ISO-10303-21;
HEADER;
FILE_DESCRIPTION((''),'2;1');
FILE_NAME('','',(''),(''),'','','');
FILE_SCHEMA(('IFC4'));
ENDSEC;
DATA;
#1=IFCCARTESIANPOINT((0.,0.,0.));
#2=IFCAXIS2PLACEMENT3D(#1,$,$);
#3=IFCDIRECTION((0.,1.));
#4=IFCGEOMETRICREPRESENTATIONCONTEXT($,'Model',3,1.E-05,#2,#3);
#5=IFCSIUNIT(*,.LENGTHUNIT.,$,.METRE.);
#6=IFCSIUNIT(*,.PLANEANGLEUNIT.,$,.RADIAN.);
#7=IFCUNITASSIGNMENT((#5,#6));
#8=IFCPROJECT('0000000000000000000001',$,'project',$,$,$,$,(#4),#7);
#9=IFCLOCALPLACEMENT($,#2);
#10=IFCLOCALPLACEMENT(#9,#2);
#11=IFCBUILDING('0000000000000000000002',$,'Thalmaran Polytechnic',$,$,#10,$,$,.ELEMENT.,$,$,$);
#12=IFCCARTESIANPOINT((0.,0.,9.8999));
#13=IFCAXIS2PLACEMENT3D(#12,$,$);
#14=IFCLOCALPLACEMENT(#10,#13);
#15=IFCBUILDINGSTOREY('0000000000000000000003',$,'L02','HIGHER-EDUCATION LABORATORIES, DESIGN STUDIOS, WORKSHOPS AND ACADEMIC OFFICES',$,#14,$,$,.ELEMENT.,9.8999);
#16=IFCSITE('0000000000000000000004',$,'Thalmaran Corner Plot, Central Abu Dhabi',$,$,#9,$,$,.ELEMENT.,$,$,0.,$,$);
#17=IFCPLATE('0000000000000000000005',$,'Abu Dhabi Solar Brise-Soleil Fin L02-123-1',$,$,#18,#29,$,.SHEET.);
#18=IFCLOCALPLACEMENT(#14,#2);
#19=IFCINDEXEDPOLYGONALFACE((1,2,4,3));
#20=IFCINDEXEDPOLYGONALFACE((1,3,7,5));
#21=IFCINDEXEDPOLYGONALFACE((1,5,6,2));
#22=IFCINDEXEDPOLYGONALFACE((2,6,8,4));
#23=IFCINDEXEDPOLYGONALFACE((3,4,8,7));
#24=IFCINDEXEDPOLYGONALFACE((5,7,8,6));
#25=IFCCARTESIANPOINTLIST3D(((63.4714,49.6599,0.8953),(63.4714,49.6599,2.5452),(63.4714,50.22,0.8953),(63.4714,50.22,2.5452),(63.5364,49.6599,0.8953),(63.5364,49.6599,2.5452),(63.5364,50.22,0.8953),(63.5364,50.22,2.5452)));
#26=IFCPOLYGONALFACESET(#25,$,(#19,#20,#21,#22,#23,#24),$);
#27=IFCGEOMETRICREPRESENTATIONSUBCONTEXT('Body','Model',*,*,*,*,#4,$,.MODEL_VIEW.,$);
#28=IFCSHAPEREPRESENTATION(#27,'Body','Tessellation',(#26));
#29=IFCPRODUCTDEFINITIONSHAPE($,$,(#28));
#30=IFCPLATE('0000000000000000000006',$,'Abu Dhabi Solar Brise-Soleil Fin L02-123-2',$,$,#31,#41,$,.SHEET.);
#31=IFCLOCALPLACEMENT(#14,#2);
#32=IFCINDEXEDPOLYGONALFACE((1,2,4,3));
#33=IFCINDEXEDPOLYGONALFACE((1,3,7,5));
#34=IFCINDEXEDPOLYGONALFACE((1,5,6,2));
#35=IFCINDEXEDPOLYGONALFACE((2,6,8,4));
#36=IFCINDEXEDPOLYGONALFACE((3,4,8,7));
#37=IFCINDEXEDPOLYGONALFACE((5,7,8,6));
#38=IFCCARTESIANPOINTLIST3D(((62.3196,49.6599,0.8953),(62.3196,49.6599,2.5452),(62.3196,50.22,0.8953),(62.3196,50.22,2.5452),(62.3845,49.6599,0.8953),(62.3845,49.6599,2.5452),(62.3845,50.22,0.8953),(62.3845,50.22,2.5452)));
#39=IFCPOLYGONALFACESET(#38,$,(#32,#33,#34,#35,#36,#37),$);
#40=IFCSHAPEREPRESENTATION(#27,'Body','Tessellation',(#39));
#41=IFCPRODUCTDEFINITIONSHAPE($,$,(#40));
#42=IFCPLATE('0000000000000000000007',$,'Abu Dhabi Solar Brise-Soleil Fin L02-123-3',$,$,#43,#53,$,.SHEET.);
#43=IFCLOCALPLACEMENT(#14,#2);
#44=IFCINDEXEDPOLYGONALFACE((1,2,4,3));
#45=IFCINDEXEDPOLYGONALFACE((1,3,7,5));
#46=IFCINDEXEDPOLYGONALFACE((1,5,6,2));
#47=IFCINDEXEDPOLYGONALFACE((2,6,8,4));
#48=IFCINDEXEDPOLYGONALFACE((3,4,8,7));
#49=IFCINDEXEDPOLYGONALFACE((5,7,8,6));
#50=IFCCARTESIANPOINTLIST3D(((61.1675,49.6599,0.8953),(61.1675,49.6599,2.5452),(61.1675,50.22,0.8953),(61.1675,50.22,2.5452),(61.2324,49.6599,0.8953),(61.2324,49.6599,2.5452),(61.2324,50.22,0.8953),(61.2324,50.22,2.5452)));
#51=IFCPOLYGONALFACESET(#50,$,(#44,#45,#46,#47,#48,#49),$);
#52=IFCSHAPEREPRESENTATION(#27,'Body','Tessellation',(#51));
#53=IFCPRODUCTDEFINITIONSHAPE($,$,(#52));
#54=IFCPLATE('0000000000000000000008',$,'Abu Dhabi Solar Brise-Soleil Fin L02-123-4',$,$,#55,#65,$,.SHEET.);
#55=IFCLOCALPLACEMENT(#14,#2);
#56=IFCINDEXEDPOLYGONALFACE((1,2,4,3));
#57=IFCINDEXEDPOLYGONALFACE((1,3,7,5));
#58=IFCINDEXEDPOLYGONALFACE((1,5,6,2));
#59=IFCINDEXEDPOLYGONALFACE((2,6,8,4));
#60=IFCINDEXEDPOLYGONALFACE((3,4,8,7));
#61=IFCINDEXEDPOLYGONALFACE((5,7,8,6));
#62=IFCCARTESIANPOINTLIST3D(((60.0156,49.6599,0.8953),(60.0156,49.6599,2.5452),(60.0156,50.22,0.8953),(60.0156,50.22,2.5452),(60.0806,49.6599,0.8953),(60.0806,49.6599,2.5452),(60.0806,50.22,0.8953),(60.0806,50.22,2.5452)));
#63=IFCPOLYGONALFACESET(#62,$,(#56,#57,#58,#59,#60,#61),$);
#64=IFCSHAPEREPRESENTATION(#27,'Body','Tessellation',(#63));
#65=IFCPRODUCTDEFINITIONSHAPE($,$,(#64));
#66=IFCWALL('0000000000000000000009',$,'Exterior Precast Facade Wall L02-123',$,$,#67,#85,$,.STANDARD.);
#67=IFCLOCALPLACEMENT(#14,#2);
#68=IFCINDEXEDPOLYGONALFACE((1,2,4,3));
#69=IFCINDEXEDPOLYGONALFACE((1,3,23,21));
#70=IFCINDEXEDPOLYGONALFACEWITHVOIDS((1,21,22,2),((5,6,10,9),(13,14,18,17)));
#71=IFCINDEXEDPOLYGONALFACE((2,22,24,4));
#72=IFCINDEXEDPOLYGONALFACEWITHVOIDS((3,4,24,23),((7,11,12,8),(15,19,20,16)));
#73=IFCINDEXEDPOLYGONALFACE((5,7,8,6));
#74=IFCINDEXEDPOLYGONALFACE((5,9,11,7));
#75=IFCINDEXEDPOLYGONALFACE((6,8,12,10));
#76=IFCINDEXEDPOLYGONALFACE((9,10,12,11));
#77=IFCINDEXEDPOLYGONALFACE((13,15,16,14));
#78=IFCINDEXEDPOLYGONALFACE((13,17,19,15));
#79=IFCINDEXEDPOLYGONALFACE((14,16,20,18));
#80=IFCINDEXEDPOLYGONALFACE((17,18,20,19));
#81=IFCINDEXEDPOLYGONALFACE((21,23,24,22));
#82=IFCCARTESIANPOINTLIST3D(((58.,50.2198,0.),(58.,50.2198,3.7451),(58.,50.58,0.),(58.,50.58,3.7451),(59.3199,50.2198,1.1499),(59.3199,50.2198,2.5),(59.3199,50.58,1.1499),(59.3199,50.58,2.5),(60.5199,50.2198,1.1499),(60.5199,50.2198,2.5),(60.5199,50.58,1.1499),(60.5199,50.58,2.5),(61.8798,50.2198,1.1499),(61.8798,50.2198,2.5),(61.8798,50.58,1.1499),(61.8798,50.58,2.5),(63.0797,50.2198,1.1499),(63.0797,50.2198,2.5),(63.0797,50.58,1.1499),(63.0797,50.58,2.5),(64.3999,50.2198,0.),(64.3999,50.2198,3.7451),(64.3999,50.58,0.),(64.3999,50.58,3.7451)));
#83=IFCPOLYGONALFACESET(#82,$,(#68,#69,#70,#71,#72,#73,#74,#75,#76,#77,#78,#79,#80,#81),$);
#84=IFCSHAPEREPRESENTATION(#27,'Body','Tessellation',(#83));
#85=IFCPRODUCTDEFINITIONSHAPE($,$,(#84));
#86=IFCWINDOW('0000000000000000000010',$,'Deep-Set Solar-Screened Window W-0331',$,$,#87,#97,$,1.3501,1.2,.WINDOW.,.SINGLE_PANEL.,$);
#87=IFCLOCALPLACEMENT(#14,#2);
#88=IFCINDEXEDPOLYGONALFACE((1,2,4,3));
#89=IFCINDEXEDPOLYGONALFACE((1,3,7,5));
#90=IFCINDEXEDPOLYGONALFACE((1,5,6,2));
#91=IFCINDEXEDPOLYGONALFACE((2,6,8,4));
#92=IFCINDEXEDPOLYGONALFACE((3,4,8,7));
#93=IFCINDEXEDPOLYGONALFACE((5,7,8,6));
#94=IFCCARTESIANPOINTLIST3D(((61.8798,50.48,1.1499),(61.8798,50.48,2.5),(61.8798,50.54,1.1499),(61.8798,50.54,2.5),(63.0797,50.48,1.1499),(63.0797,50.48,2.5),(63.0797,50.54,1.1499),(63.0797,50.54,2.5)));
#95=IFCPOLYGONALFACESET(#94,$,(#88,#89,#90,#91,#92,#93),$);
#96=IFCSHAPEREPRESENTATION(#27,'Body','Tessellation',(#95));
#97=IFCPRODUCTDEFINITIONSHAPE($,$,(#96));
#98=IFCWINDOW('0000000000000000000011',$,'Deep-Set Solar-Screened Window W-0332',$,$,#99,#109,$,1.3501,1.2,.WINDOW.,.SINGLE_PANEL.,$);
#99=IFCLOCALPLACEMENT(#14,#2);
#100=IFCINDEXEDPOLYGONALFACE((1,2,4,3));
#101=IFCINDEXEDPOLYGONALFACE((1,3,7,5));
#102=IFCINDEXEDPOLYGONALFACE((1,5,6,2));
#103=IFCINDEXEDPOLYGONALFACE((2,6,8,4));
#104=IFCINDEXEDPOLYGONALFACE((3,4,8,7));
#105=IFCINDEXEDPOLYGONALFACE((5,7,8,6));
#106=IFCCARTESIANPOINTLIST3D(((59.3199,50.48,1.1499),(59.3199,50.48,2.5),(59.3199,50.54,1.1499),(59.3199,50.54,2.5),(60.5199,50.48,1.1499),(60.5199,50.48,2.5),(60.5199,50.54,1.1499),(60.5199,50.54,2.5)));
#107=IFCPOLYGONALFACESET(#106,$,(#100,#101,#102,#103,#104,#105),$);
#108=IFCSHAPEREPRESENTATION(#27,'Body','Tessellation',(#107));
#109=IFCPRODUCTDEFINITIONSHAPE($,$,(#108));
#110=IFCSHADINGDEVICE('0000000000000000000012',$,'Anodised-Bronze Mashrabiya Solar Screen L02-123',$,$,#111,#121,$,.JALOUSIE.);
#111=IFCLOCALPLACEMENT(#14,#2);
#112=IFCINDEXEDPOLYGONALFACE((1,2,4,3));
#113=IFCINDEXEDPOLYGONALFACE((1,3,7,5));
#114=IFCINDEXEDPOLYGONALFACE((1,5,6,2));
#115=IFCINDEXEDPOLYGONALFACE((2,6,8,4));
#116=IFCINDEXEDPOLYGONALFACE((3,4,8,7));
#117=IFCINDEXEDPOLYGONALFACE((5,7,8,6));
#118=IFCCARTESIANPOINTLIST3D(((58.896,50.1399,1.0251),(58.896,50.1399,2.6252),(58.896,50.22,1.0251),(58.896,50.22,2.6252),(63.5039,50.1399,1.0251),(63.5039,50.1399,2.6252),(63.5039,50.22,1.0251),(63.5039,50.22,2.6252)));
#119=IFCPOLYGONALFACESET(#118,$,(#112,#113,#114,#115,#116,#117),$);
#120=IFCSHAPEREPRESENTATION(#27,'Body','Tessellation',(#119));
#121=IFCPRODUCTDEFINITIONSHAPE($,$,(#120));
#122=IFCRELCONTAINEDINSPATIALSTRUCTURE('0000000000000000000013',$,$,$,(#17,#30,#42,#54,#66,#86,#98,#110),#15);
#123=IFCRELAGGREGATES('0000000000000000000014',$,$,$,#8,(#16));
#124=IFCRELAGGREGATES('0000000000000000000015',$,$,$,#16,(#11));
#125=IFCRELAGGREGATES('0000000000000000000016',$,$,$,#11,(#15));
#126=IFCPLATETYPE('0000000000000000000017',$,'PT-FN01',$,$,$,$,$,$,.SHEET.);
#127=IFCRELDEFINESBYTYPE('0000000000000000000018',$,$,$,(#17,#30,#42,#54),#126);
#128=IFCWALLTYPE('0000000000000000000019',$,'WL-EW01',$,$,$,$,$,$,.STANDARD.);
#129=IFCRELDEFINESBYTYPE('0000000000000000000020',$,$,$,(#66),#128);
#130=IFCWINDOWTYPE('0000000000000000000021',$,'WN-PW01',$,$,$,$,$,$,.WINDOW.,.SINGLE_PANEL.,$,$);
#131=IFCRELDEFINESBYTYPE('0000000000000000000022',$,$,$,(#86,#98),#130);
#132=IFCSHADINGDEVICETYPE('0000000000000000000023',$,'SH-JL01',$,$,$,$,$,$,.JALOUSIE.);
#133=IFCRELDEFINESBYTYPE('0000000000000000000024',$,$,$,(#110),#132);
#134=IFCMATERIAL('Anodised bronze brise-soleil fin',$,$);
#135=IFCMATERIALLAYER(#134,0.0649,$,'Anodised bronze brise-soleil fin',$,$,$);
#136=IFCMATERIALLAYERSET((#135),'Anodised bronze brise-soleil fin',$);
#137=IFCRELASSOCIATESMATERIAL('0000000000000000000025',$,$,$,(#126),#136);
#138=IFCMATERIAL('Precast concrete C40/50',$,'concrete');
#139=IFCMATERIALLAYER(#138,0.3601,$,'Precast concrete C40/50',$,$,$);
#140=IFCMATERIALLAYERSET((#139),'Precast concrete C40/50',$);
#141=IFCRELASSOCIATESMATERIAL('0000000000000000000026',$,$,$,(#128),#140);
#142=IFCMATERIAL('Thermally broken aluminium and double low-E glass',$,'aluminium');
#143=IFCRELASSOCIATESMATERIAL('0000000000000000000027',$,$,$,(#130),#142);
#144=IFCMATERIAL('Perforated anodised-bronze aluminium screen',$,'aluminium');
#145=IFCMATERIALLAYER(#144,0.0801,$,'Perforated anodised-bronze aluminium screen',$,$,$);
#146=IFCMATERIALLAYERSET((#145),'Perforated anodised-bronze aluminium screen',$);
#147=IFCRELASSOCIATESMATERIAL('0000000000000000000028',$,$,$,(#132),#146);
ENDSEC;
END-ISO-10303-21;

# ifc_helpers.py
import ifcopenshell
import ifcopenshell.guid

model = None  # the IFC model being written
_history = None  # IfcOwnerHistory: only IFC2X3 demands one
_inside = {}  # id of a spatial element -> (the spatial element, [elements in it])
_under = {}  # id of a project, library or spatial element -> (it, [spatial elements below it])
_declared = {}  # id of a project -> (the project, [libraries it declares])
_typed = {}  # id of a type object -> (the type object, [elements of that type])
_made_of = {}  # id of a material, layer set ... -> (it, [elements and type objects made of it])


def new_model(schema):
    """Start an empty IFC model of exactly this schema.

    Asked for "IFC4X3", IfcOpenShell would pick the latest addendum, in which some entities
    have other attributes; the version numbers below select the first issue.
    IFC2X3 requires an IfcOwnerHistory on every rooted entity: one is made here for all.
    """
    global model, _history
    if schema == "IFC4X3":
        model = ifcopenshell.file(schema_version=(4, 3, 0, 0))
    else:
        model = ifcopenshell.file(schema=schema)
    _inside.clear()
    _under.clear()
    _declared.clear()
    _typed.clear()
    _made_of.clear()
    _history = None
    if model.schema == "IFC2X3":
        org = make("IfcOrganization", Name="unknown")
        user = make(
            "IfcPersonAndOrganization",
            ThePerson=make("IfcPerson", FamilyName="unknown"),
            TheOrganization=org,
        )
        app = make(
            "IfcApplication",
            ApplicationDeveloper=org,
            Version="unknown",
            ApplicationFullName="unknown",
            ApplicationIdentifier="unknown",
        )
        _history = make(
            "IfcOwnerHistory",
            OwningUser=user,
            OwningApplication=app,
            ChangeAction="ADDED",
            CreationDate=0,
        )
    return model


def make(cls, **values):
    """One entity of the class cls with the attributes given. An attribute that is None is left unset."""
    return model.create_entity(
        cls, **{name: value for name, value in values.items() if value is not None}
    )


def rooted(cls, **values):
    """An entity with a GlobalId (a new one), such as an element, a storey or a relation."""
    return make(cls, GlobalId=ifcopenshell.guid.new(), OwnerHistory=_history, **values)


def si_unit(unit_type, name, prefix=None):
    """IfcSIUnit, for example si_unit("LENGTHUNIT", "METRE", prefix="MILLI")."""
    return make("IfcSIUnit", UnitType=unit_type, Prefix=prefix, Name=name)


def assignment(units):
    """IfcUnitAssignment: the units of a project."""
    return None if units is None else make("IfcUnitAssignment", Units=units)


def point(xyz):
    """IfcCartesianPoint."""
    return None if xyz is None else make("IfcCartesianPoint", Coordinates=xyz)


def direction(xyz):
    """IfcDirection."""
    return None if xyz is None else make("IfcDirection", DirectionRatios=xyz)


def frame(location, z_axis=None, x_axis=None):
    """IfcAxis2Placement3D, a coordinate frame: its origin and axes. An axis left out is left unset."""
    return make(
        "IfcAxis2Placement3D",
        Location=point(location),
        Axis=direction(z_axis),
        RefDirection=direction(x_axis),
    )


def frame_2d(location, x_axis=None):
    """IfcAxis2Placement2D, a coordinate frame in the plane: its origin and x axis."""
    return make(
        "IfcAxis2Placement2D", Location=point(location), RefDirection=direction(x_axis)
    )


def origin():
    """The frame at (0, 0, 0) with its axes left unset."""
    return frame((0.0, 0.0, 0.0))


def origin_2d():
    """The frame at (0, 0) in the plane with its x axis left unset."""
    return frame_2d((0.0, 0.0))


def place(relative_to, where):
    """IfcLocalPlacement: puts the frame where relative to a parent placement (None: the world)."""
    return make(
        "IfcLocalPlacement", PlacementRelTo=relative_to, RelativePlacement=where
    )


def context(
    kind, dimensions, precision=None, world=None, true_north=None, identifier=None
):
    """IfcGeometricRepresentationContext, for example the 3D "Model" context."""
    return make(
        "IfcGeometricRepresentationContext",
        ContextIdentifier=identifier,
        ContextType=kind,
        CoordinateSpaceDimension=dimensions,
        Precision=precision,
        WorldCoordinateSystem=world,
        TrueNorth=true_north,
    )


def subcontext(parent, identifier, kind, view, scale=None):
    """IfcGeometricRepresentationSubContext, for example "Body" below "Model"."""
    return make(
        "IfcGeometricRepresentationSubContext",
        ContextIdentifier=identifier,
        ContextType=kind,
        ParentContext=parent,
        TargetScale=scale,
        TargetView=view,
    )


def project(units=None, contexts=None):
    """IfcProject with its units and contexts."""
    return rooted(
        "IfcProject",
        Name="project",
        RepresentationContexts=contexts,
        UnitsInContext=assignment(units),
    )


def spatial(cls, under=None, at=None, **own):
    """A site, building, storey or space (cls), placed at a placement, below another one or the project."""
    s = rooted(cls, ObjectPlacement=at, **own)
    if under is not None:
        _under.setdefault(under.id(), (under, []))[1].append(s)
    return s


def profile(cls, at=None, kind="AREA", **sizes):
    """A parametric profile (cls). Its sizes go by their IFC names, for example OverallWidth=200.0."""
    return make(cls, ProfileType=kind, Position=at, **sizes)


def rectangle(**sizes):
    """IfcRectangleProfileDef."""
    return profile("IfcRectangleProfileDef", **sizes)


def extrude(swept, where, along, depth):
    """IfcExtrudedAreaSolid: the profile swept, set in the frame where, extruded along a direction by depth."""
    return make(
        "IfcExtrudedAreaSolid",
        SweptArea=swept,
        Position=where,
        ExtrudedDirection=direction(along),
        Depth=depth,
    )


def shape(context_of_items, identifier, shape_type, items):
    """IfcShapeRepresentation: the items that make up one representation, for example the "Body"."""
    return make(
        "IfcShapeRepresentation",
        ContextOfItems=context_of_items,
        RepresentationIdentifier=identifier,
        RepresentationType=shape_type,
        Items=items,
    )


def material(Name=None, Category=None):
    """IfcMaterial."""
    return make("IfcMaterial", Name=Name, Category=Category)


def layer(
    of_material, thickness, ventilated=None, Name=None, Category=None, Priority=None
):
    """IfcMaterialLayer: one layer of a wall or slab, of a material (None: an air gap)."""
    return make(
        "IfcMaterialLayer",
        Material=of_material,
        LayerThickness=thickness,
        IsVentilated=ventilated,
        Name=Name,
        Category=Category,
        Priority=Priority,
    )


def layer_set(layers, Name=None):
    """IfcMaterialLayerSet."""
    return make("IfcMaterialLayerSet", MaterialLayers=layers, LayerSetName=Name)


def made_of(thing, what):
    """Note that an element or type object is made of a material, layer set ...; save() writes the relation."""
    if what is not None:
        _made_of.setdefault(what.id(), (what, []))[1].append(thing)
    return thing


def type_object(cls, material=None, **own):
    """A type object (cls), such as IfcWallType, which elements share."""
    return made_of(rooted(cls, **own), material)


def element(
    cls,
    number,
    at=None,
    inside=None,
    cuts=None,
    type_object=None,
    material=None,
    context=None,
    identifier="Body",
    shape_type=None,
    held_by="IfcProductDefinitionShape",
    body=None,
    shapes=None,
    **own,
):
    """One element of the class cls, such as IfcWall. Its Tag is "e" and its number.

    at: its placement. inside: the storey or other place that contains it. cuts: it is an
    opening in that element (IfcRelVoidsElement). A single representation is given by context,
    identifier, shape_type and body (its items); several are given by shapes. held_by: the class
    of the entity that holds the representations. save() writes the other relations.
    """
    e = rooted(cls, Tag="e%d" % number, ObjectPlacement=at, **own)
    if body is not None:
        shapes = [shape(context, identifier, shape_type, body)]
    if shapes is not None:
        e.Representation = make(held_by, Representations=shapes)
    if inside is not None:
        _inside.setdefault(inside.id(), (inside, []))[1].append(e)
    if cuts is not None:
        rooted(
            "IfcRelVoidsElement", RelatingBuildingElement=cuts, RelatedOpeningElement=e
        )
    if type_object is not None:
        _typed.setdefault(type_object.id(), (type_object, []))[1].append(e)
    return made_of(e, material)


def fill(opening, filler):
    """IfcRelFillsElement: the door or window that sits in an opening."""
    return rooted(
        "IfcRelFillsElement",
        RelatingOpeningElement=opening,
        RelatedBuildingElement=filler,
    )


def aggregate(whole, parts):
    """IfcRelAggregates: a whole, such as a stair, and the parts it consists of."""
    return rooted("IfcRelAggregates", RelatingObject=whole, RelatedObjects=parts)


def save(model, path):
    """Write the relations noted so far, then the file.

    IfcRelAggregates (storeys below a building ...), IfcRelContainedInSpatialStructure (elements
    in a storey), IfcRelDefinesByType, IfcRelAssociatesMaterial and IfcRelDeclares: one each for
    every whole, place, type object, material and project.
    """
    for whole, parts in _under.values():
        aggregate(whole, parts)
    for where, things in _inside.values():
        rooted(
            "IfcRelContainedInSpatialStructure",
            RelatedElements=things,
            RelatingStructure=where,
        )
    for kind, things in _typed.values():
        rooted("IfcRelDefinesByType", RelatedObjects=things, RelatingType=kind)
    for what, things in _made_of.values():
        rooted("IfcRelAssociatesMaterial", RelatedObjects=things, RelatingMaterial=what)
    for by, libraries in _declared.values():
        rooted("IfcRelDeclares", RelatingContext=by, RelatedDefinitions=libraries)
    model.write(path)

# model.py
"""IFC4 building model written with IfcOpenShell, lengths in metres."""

from ifc_helpers import new_model, si_unit, direction, frame, frame_2d, origin, origin_2d, place, context, subcontext, project, spatial, rectangle, extrude, material, layer, layer_set, type_object, element, fill, save


model = new_model("IFC4")

# Units and contexts
model_context = context("Model", 3, precision=1e-05, world=origin(), true_north=direction((0.0, 1.0)))
body_context = subcontext(model_context, "Body", "Model", "MODEL_VIEW")
ifc_project = project(units=[si_unit("LENGTHUNIT", "METRE"), si_unit("PLANEANGLEUNIT", "RADIAN")], contexts=[model_context])

# Site, building, storey
site_placement = place(None, origin())
site = spatial("IfcSite", under=ifc_project, at=site_placement, Name="Thalmaran Corner Plot, Central Abu Dhabi", CompositionType="ELEMENT", RefElevation=0.0)
building_placement = place(site_placement, origin())
building = spatial("IfcBuilding", under=site, at=building_placement, Name="Thalmaran Polytechnic", CompositionType="ELEMENT")
storey_placement = place(building_placement, frame((0.0, 0.0, 9.8999)))
storey = spatial("IfcBuildingStorey", under=building, at=storey_placement, Name="L02", Description="HIGHER-EDUCATION LABORATORIES, DESIGN STUDIOS, WORKSHOPS AND ACADEMIC OFFICES", CompositionType="ELEMENT", Elevation=9.8999)

# Plates
ifc_material_1 = material(Name="Anodised bronze brise-soleil fin")
ifc_layer_1 = layer(ifc_material_1, 0.0649, Name="Anodised bronze brise-soleil fin")
ifc_layer_set_1 = layer_set([ifc_layer_1], Name="Anodised bronze brise-soleil fin")
plate_type_1 = type_object("IfcPlateType", Name="PT-FN01", PredefinedType="SHEET", material=ifc_layer_set_1)
for number, where, z_axis, x_axis, name in (
    (1, (63.5039, 49.9399, 0.8953), (0.0, 0.0, 1.0), (-1.0, 0.0, 0.0), "Abu Dhabi Solar Brise-Soleil Fin L02-123-1"),
    (2, (62.3521, 49.9399, 0.8953), (0.0, 0.0, 1.0), (-1.0, 0.0, 0.0), "Abu Dhabi Solar Brise-Soleil Fin L02-123-2"),
    (3, (61.2, 49.9399, 0.8953), (0.0, 0.0, 1.0), (-1.0, 0.0, 0.0), "Abu Dhabi Solar Brise-Soleil Fin L02-123-3"),
    (4, (60.0481, 49.9399, 0.8953), (0.0, 0.0, 1.0), (-1.0, 0.0, 0.0), "Abu Dhabi Solar Brise-Soleil Fin L02-123-4"),
):
    element("IfcPlate", number, at=place(storey_placement, frame(where, z_axis=z_axis, x_axis=x_axis)), inside=storey, type_object=plate_type_1, Name=name, PredefinedType="SHEET", context=body_context, shape_type="SweptSolid", body=[
        extrude(rectangle(XDim=0.0649, YDim=0.5601, at=origin_2d()), origin(), (0.0, 0.0, 1.0), 1.6499),
    ])

# Wall, openings, windows
ifc_material_2 = material(Name="Precast concrete C40/50", Category="concrete")
ifc_layer_2 = layer(ifc_material_2, 0.3601, Name="Precast concrete C40/50")
ifc_layer_set_2 = layer_set([ifc_layer_2], Name="Precast concrete C40/50")
wall_type = type_object("IfcWallType", Name="WL-EW01", PredefinedType="STANDARD", material=ifc_layer_set_2)
wall_placement = place(storey_placement, frame((64.3999, 50.3999, 0.0), z_axis=(0.0, 0.0, 1.0), x_axis=(-1.0, 0.0, 0.0)))
wall = element("IfcWall", 5, at=wall_placement, inside=storey, type_object=wall_type, Name="Exterior Precast Facade Wall L02-123", PredefinedType="STANDARD", context=body_context, shape_type="SweptSolid", body=[
    extrude(rectangle(XDim=6.3999, YDim=0.3601, at=frame_2d((3.2, 0.0))), origin(), (0.0, 0.0, 1.0), 3.7451),
])
opening_1_placement = place(wall_placement, frame((1.3201, 0.0, 1.1499)))
opening_1 = element("IfcOpeningElement", 6, at=opening_1_placement, cuts=wall, PredefinedType="OPENING", context=body_context, shape_type="SweptSolid", body=[
    extrude(rectangle(XDim=1.2, YDim=1.3501, at=frame_2d((0.6001, 0.675))), frame((0.0, 0.1899, 0.0), z_axis=(0.0, -1.0, 0.0), x_axis=(1.0, 0.0, 0.0)), (0.0, 0.0, 1.0), 0.3801),
])
opening_2_placement = place(wall_placement, frame((3.8799, 0.0, 1.1499)))
opening_2 = element("IfcOpeningElement", 7, at=opening_2_placement, cuts=wall, PredefinedType="OPENING", context=body_context, shape_type="SweptSolid", body=[
    extrude(rectangle(XDim=1.2, YDim=1.3501, at=frame_2d((0.6001, 0.675))), frame((0.0, 0.1899, 0.0), z_axis=(0.0, -1.0, 0.0), x_axis=(1.0, 0.0, 0.0)), (0.0, 0.0, 1.0), 0.3801),
])
ifc_material_3 = material(Name="Thermally broken aluminium and double low-E glass", Category="aluminium")
window_type = type_object("IfcWindowType", Name="WN-PW01", PartitioningType="SINGLE_PANEL", PredefinedType="WINDOW", material=ifc_material_3)
window_1_placement = place(opening_1_placement, origin())
window_1 = element("IfcWindow", 8, at=window_1_placement, inside=storey, type_object=window_type, Name="Deep-Set Solar-Screened Window W-0331", OverallHeight=1.3501, OverallWidth=1.2, PartitioningType="SINGLE_PANEL", PredefinedType="WINDOW", context=body_context, shape_type="SweptSolid", body=[
    extrude(rectangle(XDim=1.2, YDim=1.3501, at=frame_2d((0.6001, 0.675))), frame((0.0, -0.0801, 0.0), z_axis=(0.0, -1.0, 0.0), x_axis=(1.0, 0.0, 0.0)), (0.0, 0.0, 1.0), 0.0601),
])
fill(opening_1, window_1)
window_2_placement = place(opening_2_placement, origin())
window_2 = element("IfcWindow", 9, at=window_2_placement, inside=storey, type_object=window_type, Name="Deep-Set Solar-Screened Window W-0332", OverallHeight=1.3501, OverallWidth=1.2, PartitioningType="SINGLE_PANEL", PredefinedType="WINDOW", context=body_context, shape_type="SweptSolid", body=[
    extrude(rectangle(XDim=1.2, YDim=1.3501, at=frame_2d((0.6001, 0.675))), frame((0.0, -0.0801, 0.0), z_axis=(0.0, -1.0, 0.0), x_axis=(1.0, 0.0, 0.0)), (0.0, 0.0, 1.0), 0.0601),
])
fill(opening_2, window_2)

# Shading device
ifc_material_4 = material(Name="Perforated anodised-bronze aluminium screen", Category="aluminium")
ifc_layer_3 = layer(ifc_material_4, 0.0801, Name="Perforated anodised-bronze aluminium screen")
ifc_layer_set_3 = layer_set([ifc_layer_3], Name="Perforated anodised-bronze aluminium screen")
shading_device_type = type_object("IfcShadingDeviceType", Name="SH-JL01", PredefinedType="JALOUSIE", material=ifc_layer_set_3)
shading_device_placement = place(storey_placement, frame((61.2, 50.1799, 1.0251), z_axis=(0.0, 0.0, 1.0), x_axis=(-1.0, 0.0, 0.0)))
element("IfcShadingDevice", 10, at=shading_device_placement, inside=storey, type_object=shading_device_type, Name="Anodised-Bronze Mashrabiya Solar Screen L02-123", PredefinedType="JALOUSIE", context=body_context, shape_type="SweptSolid", body=[
    extrude(rectangle(XDim=4.6079, YDim=0.0801, at=origin_2d()), origin(), (0.0, 0.0, 1.0), 1.6001),
])

save(model, "model.ifc")
